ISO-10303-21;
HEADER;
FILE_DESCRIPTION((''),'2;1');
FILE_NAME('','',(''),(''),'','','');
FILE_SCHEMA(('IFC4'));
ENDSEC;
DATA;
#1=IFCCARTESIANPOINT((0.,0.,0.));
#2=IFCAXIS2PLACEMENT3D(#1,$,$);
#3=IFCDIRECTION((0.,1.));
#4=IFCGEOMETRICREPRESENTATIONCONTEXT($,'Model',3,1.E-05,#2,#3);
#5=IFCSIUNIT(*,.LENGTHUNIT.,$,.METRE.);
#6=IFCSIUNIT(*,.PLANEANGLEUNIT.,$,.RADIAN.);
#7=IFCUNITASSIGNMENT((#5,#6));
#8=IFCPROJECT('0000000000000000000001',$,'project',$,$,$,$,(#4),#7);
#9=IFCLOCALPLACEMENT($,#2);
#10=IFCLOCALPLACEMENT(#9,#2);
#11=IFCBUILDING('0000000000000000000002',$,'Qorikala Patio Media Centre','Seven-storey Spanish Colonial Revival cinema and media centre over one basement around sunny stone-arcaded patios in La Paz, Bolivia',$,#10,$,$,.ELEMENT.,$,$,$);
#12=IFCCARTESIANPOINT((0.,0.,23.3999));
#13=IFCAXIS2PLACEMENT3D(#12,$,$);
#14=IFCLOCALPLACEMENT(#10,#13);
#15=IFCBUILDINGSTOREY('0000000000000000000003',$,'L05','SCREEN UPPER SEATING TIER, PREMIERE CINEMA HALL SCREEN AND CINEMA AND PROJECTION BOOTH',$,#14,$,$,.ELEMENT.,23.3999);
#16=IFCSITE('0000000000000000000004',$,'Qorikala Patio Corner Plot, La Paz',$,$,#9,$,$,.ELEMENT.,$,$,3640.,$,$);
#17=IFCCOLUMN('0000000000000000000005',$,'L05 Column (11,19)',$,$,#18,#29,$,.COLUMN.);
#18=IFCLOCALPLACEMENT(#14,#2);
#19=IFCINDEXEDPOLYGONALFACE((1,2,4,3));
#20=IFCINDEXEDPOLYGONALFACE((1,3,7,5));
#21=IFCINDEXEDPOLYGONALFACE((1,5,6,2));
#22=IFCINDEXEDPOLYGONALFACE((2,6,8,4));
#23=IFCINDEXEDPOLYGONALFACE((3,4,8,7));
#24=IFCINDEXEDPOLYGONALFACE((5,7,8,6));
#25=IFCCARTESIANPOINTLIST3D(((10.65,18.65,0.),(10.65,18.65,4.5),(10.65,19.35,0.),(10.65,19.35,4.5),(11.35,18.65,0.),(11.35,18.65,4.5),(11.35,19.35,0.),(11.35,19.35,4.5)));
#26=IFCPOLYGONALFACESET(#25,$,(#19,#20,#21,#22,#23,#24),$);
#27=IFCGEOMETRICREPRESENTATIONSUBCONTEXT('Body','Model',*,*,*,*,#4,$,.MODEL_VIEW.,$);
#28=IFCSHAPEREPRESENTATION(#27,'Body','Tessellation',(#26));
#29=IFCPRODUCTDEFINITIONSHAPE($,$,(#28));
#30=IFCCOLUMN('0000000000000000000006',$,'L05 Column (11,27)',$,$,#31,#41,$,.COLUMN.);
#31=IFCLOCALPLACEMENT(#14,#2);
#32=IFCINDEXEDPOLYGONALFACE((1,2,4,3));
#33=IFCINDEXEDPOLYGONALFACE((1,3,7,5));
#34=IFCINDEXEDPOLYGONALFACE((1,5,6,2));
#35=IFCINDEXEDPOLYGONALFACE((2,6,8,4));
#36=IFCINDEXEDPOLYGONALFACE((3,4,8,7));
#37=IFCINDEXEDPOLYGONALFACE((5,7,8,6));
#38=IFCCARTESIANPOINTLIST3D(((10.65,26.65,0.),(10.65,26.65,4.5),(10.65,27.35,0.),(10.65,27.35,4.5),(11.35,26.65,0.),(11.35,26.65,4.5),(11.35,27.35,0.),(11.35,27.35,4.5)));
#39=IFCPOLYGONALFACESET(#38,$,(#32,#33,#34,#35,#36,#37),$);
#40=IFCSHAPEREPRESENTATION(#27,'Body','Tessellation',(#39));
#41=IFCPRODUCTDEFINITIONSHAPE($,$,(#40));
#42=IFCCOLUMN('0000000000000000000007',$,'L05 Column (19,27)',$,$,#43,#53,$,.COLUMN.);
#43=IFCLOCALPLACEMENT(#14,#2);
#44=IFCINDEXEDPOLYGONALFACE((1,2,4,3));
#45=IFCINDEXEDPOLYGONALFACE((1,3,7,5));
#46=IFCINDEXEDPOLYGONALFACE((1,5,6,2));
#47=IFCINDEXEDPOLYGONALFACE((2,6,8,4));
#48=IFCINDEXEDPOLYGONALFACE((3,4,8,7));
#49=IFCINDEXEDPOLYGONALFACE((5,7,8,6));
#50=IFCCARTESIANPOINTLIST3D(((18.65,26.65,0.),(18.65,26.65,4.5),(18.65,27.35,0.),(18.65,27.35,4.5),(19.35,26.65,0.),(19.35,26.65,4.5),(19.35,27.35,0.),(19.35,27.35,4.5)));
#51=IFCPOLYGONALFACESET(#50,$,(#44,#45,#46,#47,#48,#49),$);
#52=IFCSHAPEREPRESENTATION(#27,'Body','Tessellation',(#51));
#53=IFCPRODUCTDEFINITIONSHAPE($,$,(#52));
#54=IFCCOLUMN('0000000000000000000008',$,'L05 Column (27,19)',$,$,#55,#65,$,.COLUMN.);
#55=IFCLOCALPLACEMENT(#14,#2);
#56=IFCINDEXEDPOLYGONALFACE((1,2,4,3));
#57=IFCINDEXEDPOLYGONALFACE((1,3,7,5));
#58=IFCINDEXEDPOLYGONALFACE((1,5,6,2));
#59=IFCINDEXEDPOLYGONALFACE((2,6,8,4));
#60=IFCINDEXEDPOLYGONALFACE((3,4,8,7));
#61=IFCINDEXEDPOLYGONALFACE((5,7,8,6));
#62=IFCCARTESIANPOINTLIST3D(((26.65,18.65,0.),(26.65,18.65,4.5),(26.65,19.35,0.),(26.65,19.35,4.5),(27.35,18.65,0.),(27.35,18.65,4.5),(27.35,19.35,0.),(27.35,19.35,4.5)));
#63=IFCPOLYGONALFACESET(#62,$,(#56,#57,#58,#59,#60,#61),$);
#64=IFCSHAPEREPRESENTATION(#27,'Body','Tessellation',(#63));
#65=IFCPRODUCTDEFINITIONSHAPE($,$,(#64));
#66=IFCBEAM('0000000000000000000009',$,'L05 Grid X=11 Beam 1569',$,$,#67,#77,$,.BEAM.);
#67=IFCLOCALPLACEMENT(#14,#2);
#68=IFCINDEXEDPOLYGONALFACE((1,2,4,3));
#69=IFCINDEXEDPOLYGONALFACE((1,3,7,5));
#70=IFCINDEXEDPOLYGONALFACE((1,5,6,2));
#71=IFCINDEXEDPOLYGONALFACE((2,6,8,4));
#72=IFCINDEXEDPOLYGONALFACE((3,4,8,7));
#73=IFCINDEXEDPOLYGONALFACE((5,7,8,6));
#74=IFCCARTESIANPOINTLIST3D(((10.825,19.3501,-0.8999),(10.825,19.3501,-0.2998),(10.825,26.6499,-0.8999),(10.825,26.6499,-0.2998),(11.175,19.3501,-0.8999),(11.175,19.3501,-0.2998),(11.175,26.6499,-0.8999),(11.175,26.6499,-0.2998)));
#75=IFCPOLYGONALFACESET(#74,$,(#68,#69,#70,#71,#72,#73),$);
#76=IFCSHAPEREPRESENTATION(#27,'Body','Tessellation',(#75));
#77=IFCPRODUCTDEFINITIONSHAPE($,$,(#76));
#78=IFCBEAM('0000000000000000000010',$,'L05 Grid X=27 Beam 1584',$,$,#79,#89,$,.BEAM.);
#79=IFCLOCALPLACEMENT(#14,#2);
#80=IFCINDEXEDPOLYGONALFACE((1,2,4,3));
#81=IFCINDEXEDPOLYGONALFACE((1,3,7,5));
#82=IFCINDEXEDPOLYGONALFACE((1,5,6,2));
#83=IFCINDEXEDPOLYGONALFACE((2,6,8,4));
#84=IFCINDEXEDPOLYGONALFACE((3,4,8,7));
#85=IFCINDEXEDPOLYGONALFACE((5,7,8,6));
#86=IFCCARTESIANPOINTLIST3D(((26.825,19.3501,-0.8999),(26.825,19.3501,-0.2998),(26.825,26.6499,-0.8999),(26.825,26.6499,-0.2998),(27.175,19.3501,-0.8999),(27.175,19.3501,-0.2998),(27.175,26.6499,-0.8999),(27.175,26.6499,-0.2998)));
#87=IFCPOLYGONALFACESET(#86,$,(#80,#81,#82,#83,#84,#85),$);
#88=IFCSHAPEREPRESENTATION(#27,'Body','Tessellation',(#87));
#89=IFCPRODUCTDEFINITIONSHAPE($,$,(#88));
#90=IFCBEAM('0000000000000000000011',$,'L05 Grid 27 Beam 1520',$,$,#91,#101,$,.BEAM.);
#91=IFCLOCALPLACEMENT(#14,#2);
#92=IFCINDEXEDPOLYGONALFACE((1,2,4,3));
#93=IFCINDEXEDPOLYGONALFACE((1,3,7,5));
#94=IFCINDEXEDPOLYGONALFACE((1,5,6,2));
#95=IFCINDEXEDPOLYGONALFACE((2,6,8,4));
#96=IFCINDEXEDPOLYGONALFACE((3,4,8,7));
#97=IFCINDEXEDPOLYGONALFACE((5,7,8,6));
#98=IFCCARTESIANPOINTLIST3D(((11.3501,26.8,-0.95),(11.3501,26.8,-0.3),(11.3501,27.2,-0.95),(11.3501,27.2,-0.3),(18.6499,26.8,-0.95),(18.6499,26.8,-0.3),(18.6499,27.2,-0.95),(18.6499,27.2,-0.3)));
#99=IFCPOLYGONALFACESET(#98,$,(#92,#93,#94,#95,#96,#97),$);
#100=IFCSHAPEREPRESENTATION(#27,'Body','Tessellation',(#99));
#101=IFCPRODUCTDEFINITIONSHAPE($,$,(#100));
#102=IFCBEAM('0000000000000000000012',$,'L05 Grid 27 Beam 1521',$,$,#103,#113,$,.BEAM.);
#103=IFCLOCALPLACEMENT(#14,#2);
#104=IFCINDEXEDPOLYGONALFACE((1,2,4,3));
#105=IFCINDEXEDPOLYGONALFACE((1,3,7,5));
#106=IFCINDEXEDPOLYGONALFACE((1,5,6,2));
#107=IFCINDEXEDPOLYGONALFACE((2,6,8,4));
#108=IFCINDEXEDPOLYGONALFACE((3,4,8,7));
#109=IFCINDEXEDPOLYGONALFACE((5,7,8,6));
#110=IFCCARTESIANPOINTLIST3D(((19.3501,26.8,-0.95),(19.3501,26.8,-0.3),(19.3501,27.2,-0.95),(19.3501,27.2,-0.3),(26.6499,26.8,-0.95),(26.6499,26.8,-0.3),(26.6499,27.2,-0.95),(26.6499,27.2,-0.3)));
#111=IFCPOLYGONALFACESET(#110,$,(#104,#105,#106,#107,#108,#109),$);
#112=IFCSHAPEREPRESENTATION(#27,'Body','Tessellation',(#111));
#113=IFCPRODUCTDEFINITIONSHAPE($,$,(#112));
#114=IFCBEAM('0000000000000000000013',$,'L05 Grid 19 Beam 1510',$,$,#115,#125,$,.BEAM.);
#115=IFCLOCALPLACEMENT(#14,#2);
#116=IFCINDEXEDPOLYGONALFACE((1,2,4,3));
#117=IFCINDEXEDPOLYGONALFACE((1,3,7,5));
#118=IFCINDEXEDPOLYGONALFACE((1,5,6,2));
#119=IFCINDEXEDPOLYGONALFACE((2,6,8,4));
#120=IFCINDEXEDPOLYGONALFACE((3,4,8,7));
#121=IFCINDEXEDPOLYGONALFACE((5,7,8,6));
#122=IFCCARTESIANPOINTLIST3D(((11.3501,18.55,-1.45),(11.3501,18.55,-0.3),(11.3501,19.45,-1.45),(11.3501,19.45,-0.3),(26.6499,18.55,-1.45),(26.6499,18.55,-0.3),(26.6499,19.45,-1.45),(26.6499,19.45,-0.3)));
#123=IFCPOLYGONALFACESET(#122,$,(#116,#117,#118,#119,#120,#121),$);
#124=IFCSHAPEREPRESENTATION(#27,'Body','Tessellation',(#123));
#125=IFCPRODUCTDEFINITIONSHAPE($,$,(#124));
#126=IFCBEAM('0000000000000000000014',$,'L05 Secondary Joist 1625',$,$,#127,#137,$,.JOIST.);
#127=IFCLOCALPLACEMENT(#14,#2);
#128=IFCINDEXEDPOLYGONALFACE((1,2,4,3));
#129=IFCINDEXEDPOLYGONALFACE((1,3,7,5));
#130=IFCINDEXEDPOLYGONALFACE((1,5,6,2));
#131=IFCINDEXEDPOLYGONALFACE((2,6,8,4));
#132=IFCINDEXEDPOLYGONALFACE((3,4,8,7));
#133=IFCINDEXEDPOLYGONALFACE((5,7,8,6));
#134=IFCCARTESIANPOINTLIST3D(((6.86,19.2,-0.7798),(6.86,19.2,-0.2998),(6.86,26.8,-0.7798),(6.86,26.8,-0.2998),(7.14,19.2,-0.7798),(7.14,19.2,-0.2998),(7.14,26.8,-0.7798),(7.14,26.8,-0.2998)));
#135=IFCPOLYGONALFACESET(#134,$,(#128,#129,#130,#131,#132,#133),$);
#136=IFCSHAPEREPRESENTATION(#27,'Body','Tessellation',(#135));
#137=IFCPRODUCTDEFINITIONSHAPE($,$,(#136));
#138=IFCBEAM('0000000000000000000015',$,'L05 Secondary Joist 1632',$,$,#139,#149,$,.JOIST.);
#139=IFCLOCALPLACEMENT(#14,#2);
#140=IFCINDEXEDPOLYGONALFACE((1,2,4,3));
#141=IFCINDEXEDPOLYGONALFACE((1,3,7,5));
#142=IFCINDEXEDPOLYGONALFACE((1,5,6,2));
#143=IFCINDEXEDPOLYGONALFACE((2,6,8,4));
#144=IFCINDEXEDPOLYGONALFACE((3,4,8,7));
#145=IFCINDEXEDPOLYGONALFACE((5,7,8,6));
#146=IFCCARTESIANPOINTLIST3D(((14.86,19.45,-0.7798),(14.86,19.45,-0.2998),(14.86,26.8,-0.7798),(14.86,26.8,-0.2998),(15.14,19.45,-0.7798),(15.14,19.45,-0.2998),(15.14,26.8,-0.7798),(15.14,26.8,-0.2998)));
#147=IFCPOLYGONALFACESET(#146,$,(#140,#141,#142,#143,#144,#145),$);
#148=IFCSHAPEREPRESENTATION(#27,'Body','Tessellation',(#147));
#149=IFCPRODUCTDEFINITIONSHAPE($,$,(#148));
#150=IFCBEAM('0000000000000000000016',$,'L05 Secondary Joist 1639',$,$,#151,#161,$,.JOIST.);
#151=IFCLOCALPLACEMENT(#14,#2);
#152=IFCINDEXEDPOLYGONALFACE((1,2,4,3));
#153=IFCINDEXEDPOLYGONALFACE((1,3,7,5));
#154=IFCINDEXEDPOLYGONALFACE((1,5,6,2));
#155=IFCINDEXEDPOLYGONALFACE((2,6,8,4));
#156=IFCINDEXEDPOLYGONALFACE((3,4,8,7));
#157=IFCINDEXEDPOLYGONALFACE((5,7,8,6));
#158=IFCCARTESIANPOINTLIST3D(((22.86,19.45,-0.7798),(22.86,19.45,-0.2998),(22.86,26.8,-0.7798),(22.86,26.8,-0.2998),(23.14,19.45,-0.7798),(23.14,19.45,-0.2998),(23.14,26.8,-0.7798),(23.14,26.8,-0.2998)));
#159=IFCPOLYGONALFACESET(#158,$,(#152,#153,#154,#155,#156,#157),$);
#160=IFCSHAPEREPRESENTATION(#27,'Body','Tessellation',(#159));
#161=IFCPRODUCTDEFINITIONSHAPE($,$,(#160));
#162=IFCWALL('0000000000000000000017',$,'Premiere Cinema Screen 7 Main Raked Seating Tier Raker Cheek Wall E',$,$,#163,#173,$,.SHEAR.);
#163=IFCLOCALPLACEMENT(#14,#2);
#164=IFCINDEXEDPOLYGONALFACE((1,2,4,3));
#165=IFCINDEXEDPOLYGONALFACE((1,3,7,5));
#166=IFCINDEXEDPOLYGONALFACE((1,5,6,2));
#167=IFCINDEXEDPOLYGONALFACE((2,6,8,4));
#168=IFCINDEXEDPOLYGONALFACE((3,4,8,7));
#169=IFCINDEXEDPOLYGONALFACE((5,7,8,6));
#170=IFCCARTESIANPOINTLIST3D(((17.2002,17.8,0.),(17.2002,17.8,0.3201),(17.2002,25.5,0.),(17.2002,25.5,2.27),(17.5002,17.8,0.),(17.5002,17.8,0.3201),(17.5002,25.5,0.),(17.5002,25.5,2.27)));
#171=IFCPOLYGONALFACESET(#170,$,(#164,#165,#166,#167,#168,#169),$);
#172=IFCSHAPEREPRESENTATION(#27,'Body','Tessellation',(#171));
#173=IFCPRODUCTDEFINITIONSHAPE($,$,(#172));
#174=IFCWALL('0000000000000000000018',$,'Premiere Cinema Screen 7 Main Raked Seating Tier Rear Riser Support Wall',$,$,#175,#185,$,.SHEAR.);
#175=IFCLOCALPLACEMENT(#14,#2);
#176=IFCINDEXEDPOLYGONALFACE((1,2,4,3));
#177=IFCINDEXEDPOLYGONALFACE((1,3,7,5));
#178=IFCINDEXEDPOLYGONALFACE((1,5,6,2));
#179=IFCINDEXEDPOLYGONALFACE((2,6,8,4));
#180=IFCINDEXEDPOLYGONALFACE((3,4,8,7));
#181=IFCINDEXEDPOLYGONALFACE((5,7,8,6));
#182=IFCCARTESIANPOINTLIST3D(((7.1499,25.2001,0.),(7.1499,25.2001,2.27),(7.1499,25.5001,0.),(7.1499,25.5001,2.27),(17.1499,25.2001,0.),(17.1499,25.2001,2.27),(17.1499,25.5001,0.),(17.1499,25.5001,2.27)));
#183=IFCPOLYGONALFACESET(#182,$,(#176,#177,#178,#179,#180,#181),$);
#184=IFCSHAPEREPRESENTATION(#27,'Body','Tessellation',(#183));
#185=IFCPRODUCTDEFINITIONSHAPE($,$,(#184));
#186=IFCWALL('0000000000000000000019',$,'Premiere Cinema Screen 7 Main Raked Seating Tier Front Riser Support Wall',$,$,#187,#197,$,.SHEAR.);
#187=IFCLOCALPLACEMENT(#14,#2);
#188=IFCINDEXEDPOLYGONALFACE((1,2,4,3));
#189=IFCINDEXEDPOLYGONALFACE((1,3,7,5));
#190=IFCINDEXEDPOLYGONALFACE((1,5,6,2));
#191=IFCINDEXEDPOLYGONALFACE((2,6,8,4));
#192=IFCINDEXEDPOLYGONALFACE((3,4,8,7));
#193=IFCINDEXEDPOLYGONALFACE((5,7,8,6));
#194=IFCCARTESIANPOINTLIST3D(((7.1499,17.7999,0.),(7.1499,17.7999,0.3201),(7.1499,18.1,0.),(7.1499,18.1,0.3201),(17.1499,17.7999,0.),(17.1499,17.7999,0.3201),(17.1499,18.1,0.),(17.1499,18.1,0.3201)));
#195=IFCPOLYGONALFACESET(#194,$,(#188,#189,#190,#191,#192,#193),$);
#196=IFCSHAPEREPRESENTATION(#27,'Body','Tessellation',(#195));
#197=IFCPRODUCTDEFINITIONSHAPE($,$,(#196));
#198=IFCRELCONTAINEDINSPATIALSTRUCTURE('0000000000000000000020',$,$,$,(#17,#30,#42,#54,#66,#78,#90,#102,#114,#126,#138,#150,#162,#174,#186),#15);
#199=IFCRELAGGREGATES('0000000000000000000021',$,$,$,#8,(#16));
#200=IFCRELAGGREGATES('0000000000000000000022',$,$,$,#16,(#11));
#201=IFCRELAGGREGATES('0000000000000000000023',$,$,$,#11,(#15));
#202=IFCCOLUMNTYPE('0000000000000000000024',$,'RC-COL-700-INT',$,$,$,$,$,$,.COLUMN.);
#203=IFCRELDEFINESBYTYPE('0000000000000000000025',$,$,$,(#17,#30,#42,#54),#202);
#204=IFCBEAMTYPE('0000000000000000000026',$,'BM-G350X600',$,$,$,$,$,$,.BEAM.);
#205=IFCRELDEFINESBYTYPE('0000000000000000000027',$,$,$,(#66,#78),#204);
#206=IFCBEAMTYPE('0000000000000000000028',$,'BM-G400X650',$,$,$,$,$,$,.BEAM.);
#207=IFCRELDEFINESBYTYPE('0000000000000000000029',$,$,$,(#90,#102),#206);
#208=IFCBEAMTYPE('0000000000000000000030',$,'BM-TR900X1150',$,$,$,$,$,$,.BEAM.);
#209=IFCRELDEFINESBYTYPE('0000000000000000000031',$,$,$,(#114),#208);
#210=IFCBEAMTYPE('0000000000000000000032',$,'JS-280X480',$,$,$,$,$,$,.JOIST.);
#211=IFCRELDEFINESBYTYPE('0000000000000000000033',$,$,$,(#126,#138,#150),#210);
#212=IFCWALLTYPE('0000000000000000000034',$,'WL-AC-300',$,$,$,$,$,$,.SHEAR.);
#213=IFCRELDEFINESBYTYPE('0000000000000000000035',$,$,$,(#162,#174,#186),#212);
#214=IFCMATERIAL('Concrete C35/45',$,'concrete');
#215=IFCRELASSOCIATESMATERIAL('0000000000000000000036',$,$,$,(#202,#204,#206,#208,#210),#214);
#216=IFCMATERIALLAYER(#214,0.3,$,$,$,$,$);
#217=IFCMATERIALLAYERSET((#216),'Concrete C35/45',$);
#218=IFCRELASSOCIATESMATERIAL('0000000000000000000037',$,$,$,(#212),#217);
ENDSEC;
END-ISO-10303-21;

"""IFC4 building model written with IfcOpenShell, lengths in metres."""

from ifc_helpers import new_model, si_unit, direction, frame, frame_2d, origin, origin_2d, place, context, subcontext, project, spatial, polyline, rectangle, outline, extrude, material, layer, layer_set, material_profile, profile_set, type_object, element, save


model = new_model("IFC4")

# Units and contexts
model_context = context("Model", 3, precision=1e-05, world=origin(), true_north=direction((0.0, 1.0)))
body_context = subcontext(model_context, "Body", "Model", "MODEL_VIEW")
ifc_project = project(units=[si_unit("LENGTHUNIT", "METRE"), si_unit("PLANEANGLEUNIT", "RADIAN")], contexts=[model_context])

# Site, building, storey
site_placement = place(None, origin())
site = spatial("IfcSite", under=ifc_project, at=site_placement, Name="Qorikala Patio Corner Plot, La Paz", CompositionType="ELEMENT", RefElevation=3640.0)
building_placement = place(site_placement, origin())
building = spatial("IfcBuilding", under=site, at=building_placement, Name="Qorikala Patio Media Centre", Description="Seven-storey Spanish Colonial Revival cinema and media centre over one basement around sunny stone-arcaded patios in La Paz, Bolivia", CompositionType="ELEMENT")
storey_placement = place(building_placement, frame((0.0, 0.0, 23.3999)))
storey = spatial("IfcBuildingStorey", under=building, at=storey_placement, Name="L05", Description="SCREEN UPPER SEATING TIER, PREMIERE CINEMA HALL SCREEN AND CINEMA AND PROJECTION BOOTH", CompositionType="ELEMENT", Elevation=23.3999)

# Columns
ifc_material = material(Name="Concrete C35/45", Category="concrete")
ifc_material_profile_1 = material_profile(ifc_material, rectangle(XDim=0.7, YDim=0.7, at=origin_2d()), Name="RC 700x700")
ifc_profile_set_1 = profile_set([ifc_material_profile_1], Name="Concrete C35/45")
column_type = type_object("IfcColumnType", Name="RC-COL-700-INT", PredefinedType="COLUMN", material=ifc_profile_set_1)
for number, where, z_axis, x_axis, name in (
    (1, (11.0, 19.0, 0.0), (0.0, 0.0, 1.0), (1.0, 0.0, 0.0), "L05 Column (11,19)"),
    (2, (11.0, 27.0, 0.0), (0.0, 0.0, 1.0), (1.0, 0.0, 0.0), "L05 Column (11,27)"),
    (3, (19.0, 27.0, 0.0), (0.0, 0.0, 1.0), (1.0, 0.0, 0.0), "L05 Column (19,27)"),
    (4, (27.0, 19.0, 0.0), (0.0, 0.0, 1.0), (1.0, 0.0, 0.0), "L05 Column (27,19)"),
):
    element("IfcColumn", number, at=place(storey_placement, frame(where, z_axis=z_axis, x_axis=x_axis)), inside=storey, type_object=column_type, Name=name, PredefinedType="COLUMN", context=body_context, shape_type="SweptSolid", body=[
        extrude(rectangle(XDim=0.7, YDim=0.7, at=origin_2d()), origin(), (0.0, 0.0, 1.0), 4.5),
    ])

# Beams
ifc_material_profile_2 = material_profile(ifc_material, rectangle(XDim=0.3501, YDim=0.6001, at=origin_2d()), Name="RC 350x600")
ifc_profile_set_2 = profile_set([ifc_material_profile_2], Name="Concrete C35/45")
beam_type_1 = type_object("IfcBeamType", Name="BM-G350X600", PredefinedType="BEAM", material=ifc_profile_set_2)
for number, where, z_axis, x_axis, name in (
    (5, (11.0, 19.3501, -0.5999), (0.0, 1.0, 0.0), (-1.0, 0.0, 0.0), "L05 Grid X=11 Beam 1569"),
    (6, (27.0, 19.3501, -0.5999), (0.0, 1.0, 0.0), (-1.0, 0.0, 0.0), "L05 Grid X=27 Beam 1584"),
):
    element("IfcBeam", number, at=place(storey_placement, frame(where, z_axis=z_axis, x_axis=x_axis)), inside=storey, type_object=beam_type_1, Name=name, PredefinedType="BEAM", context=body_context, shape_type="SweptSolid", body=[
        extrude(rectangle(XDim=0.3501, YDim=0.6001, at=origin_2d()), origin(), (0.0, 0.0, 1.0), 7.2998),
    ])
ifc_material_profile_3 = material_profile(ifc_material, rectangle(XDim=0.3999, YDim=0.6499, at=origin_2d()), Name="RC 400x650")
ifc_profile_set_3 = profile_set([ifc_material_profile_3], Name="Concrete C35/45")
beam_type_2 = type_object("IfcBeamType", Name="BM-G400X650", PredefinedType="BEAM", material=ifc_profile_set_3)
for number, where, z_axis, x_axis, name in (
    (7, (11.3501, 27.0, -0.625), (1.0, 0.0, 0.0), (0.0, 1.0, 0.0), "L05 Grid 27 Beam 1520"),
    (8, (19.3501, 27.0, -0.625), (1.0, 0.0, 0.0), (0.0, 1.0, 0.0), "L05 Grid 27 Beam 1521"),
):
    element("IfcBeam", number, at=place(storey_placement, frame(where, z_axis=z_axis, x_axis=x_axis)), inside=storey, type_object=beam_type_2, Name=name, PredefinedType="BEAM", context=body_context, shape_type="SweptSolid", body=[
        extrude(rectangle(XDim=0.3999, YDim=0.6499, at=origin_2d()), origin(), (0.0, 0.0, 1.0), 7.2998),
    ])
ifc_material_profile_4 = material_profile(ifc_material, rectangle(XDim=0.8999, YDim=1.1499, at=origin_2d()), Name="RC 900x1150")
ifc_profile_set_4 = profile_set([ifc_material_profile_4], Name="Concrete C35/45")
beam_type_3 = type_object("IfcBeamType", Name="BM-TR900X1150", PredefinedType="BEAM", material=ifc_profile_set_4)
beam_1_placement = place(storey_placement, frame((11.3501, 19.0, -0.875), z_axis=(1.0, 0.0, 0.0), x_axis=(0.0, 1.0, 0.0)))
element("IfcBeam", 9, at=beam_1_placement, inside=storey, type_object=beam_type_3, Name="L05 Grid 19 Beam 1510", PredefinedType="BEAM", context=body_context, shape_type="SweptSolid", body=[
    extrude(rectangle(XDim=0.8999, YDim=1.1499, at=origin_2d()), origin(), (0.0, 0.0, 1.0), 15.2998),
])
ifc_material_profile_5 = material_profile(ifc_material, rectangle(XDim=0.28, YDim=0.48, at=origin_2d()), Name="RC 280x480")
ifc_profile_set_5 = profile_set([ifc_material_profile_5], Name="Concrete C35/45")
beam_type_4 = type_object("IfcBeamType", Name="JS-280X480", PredefinedType="JOIST", material=ifc_profile_set_5)
beam_2_placement = place(storey_placement, frame((7.0, 19.2, -0.5398), z_axis=(0.0, 1.0, 0.0), x_axis=(-1.0, 0.0, 0.0)))
element("IfcBeam", 10, at=beam_2_placement, inside=storey, type_object=beam_type_4, Name="L05 Secondary Joist 1625", PredefinedType="JOIST", context=body_context, shape_type="SweptSolid", body=[
    extrude(rectangle(XDim=0.28, YDim=0.48, at=origin_2d()), origin(), (0.0, 0.0, 1.0), 7.6001),
])
for number, where, z_axis, x_axis, name in (
    (11, (15.0, 19.45, -0.5398), (0.0, 1.0, 0.0), (-1.0, 0.0, 0.0), "L05 Secondary Joist 1632"),
    (12, (23.0, 19.45, -0.5398), (0.0, 1.0, 0.0), (-1.0, 0.0, 0.0), "L05 Secondary Joist 1639"),
):
    element("IfcBeam", number, at=place(storey_placement, frame(where, z_axis=z_axis, x_axis=x_axis)), inside=storey, type_object=beam_type_4, Name=name, PredefinedType="JOIST", context=body_context, shape_type="SweptSolid", body=[
        extrude(rectangle(XDim=0.28, YDim=0.48, at=origin_2d()), origin(), (0.0, 0.0, 1.0), 7.3501),
    ])

# Walls
ifc_layer = layer(ifc_material, 0.3)
ifc_layer_set = layer_set([ifc_layer], Name="Concrete C35/45")
wall_type = type_object("IfcWallType", Name="WL-AC-300", PredefinedType="SHEAR", material=ifc_layer_set)
wall_1_placement = place(storey_placement, frame((17.3501, 17.8, 0.0), z_axis=(0.0, 0.0, 1.0), x_axis=(0.0, 1.0, 0.0)))
element("IfcWall", 13, at=wall_1_placement, inside=storey, type_object=wall_type, Name="Premiere Cinema Screen 7 Main Raked Seating Tier Raker Cheek Wall E", PredefinedType="SHEAR", context=body_context, shape_type="SweptSolid", body=[
    extrude(outline(polyline([(0.0, 0.0), (7.7, 0.0), (7.7, 2.27), (0.0, 0.3201), (0.0, 0.0)])), frame((0.0, 0.1499, 0.0), z_axis=(0.0, -1.0, 0.0), x_axis=(1.0, 0.0, 0.0)), (0.0, 0.0, 1.0), 0.3),
])
wall_2_placement = place(storey_placement, frame((7.1499, 25.3501, 0.0), z_axis=(0.0, 0.0, 1.0), x_axis=(1.0, 0.0, 0.0)))
element("IfcWall", 14, at=wall_2_placement, inside=storey, type_object=wall_type, Name="Premiere Cinema Screen 7 Main Raked Seating Tier Rear Riser Support Wall", PredefinedType="SHEAR", context=body_context, shape_type="SweptSolid", body=[
    extrude(rectangle(XDim=10.0, YDim=0.3, at=frame_2d((5.0, 0.0))), origin(), (0.0, 0.0, 1.0), 2.27),
])
wall_3_placement = place(storey_placement, frame((7.1499, 17.95, 0.0), z_axis=(0.0, 0.0, 1.0), x_axis=(1.0, 0.0, 0.0)))
element("IfcWall", 15, at=wall_3_placement, inside=storey, type_object=wall_type, Name="Premiere Cinema Screen 7 Main Raked Seating Tier Front Riser Support Wall", PredefinedType="SHEAR", context=body_context, shape_type="SweptSolid", body=[
    extrude(rectangle(XDim=10.0, YDim=0.3, at=frame_2d((5.0, 0.0))), origin(), (0.0, 0.0, 1.0), 0.3201),
])

save(model, "model.ifc")
